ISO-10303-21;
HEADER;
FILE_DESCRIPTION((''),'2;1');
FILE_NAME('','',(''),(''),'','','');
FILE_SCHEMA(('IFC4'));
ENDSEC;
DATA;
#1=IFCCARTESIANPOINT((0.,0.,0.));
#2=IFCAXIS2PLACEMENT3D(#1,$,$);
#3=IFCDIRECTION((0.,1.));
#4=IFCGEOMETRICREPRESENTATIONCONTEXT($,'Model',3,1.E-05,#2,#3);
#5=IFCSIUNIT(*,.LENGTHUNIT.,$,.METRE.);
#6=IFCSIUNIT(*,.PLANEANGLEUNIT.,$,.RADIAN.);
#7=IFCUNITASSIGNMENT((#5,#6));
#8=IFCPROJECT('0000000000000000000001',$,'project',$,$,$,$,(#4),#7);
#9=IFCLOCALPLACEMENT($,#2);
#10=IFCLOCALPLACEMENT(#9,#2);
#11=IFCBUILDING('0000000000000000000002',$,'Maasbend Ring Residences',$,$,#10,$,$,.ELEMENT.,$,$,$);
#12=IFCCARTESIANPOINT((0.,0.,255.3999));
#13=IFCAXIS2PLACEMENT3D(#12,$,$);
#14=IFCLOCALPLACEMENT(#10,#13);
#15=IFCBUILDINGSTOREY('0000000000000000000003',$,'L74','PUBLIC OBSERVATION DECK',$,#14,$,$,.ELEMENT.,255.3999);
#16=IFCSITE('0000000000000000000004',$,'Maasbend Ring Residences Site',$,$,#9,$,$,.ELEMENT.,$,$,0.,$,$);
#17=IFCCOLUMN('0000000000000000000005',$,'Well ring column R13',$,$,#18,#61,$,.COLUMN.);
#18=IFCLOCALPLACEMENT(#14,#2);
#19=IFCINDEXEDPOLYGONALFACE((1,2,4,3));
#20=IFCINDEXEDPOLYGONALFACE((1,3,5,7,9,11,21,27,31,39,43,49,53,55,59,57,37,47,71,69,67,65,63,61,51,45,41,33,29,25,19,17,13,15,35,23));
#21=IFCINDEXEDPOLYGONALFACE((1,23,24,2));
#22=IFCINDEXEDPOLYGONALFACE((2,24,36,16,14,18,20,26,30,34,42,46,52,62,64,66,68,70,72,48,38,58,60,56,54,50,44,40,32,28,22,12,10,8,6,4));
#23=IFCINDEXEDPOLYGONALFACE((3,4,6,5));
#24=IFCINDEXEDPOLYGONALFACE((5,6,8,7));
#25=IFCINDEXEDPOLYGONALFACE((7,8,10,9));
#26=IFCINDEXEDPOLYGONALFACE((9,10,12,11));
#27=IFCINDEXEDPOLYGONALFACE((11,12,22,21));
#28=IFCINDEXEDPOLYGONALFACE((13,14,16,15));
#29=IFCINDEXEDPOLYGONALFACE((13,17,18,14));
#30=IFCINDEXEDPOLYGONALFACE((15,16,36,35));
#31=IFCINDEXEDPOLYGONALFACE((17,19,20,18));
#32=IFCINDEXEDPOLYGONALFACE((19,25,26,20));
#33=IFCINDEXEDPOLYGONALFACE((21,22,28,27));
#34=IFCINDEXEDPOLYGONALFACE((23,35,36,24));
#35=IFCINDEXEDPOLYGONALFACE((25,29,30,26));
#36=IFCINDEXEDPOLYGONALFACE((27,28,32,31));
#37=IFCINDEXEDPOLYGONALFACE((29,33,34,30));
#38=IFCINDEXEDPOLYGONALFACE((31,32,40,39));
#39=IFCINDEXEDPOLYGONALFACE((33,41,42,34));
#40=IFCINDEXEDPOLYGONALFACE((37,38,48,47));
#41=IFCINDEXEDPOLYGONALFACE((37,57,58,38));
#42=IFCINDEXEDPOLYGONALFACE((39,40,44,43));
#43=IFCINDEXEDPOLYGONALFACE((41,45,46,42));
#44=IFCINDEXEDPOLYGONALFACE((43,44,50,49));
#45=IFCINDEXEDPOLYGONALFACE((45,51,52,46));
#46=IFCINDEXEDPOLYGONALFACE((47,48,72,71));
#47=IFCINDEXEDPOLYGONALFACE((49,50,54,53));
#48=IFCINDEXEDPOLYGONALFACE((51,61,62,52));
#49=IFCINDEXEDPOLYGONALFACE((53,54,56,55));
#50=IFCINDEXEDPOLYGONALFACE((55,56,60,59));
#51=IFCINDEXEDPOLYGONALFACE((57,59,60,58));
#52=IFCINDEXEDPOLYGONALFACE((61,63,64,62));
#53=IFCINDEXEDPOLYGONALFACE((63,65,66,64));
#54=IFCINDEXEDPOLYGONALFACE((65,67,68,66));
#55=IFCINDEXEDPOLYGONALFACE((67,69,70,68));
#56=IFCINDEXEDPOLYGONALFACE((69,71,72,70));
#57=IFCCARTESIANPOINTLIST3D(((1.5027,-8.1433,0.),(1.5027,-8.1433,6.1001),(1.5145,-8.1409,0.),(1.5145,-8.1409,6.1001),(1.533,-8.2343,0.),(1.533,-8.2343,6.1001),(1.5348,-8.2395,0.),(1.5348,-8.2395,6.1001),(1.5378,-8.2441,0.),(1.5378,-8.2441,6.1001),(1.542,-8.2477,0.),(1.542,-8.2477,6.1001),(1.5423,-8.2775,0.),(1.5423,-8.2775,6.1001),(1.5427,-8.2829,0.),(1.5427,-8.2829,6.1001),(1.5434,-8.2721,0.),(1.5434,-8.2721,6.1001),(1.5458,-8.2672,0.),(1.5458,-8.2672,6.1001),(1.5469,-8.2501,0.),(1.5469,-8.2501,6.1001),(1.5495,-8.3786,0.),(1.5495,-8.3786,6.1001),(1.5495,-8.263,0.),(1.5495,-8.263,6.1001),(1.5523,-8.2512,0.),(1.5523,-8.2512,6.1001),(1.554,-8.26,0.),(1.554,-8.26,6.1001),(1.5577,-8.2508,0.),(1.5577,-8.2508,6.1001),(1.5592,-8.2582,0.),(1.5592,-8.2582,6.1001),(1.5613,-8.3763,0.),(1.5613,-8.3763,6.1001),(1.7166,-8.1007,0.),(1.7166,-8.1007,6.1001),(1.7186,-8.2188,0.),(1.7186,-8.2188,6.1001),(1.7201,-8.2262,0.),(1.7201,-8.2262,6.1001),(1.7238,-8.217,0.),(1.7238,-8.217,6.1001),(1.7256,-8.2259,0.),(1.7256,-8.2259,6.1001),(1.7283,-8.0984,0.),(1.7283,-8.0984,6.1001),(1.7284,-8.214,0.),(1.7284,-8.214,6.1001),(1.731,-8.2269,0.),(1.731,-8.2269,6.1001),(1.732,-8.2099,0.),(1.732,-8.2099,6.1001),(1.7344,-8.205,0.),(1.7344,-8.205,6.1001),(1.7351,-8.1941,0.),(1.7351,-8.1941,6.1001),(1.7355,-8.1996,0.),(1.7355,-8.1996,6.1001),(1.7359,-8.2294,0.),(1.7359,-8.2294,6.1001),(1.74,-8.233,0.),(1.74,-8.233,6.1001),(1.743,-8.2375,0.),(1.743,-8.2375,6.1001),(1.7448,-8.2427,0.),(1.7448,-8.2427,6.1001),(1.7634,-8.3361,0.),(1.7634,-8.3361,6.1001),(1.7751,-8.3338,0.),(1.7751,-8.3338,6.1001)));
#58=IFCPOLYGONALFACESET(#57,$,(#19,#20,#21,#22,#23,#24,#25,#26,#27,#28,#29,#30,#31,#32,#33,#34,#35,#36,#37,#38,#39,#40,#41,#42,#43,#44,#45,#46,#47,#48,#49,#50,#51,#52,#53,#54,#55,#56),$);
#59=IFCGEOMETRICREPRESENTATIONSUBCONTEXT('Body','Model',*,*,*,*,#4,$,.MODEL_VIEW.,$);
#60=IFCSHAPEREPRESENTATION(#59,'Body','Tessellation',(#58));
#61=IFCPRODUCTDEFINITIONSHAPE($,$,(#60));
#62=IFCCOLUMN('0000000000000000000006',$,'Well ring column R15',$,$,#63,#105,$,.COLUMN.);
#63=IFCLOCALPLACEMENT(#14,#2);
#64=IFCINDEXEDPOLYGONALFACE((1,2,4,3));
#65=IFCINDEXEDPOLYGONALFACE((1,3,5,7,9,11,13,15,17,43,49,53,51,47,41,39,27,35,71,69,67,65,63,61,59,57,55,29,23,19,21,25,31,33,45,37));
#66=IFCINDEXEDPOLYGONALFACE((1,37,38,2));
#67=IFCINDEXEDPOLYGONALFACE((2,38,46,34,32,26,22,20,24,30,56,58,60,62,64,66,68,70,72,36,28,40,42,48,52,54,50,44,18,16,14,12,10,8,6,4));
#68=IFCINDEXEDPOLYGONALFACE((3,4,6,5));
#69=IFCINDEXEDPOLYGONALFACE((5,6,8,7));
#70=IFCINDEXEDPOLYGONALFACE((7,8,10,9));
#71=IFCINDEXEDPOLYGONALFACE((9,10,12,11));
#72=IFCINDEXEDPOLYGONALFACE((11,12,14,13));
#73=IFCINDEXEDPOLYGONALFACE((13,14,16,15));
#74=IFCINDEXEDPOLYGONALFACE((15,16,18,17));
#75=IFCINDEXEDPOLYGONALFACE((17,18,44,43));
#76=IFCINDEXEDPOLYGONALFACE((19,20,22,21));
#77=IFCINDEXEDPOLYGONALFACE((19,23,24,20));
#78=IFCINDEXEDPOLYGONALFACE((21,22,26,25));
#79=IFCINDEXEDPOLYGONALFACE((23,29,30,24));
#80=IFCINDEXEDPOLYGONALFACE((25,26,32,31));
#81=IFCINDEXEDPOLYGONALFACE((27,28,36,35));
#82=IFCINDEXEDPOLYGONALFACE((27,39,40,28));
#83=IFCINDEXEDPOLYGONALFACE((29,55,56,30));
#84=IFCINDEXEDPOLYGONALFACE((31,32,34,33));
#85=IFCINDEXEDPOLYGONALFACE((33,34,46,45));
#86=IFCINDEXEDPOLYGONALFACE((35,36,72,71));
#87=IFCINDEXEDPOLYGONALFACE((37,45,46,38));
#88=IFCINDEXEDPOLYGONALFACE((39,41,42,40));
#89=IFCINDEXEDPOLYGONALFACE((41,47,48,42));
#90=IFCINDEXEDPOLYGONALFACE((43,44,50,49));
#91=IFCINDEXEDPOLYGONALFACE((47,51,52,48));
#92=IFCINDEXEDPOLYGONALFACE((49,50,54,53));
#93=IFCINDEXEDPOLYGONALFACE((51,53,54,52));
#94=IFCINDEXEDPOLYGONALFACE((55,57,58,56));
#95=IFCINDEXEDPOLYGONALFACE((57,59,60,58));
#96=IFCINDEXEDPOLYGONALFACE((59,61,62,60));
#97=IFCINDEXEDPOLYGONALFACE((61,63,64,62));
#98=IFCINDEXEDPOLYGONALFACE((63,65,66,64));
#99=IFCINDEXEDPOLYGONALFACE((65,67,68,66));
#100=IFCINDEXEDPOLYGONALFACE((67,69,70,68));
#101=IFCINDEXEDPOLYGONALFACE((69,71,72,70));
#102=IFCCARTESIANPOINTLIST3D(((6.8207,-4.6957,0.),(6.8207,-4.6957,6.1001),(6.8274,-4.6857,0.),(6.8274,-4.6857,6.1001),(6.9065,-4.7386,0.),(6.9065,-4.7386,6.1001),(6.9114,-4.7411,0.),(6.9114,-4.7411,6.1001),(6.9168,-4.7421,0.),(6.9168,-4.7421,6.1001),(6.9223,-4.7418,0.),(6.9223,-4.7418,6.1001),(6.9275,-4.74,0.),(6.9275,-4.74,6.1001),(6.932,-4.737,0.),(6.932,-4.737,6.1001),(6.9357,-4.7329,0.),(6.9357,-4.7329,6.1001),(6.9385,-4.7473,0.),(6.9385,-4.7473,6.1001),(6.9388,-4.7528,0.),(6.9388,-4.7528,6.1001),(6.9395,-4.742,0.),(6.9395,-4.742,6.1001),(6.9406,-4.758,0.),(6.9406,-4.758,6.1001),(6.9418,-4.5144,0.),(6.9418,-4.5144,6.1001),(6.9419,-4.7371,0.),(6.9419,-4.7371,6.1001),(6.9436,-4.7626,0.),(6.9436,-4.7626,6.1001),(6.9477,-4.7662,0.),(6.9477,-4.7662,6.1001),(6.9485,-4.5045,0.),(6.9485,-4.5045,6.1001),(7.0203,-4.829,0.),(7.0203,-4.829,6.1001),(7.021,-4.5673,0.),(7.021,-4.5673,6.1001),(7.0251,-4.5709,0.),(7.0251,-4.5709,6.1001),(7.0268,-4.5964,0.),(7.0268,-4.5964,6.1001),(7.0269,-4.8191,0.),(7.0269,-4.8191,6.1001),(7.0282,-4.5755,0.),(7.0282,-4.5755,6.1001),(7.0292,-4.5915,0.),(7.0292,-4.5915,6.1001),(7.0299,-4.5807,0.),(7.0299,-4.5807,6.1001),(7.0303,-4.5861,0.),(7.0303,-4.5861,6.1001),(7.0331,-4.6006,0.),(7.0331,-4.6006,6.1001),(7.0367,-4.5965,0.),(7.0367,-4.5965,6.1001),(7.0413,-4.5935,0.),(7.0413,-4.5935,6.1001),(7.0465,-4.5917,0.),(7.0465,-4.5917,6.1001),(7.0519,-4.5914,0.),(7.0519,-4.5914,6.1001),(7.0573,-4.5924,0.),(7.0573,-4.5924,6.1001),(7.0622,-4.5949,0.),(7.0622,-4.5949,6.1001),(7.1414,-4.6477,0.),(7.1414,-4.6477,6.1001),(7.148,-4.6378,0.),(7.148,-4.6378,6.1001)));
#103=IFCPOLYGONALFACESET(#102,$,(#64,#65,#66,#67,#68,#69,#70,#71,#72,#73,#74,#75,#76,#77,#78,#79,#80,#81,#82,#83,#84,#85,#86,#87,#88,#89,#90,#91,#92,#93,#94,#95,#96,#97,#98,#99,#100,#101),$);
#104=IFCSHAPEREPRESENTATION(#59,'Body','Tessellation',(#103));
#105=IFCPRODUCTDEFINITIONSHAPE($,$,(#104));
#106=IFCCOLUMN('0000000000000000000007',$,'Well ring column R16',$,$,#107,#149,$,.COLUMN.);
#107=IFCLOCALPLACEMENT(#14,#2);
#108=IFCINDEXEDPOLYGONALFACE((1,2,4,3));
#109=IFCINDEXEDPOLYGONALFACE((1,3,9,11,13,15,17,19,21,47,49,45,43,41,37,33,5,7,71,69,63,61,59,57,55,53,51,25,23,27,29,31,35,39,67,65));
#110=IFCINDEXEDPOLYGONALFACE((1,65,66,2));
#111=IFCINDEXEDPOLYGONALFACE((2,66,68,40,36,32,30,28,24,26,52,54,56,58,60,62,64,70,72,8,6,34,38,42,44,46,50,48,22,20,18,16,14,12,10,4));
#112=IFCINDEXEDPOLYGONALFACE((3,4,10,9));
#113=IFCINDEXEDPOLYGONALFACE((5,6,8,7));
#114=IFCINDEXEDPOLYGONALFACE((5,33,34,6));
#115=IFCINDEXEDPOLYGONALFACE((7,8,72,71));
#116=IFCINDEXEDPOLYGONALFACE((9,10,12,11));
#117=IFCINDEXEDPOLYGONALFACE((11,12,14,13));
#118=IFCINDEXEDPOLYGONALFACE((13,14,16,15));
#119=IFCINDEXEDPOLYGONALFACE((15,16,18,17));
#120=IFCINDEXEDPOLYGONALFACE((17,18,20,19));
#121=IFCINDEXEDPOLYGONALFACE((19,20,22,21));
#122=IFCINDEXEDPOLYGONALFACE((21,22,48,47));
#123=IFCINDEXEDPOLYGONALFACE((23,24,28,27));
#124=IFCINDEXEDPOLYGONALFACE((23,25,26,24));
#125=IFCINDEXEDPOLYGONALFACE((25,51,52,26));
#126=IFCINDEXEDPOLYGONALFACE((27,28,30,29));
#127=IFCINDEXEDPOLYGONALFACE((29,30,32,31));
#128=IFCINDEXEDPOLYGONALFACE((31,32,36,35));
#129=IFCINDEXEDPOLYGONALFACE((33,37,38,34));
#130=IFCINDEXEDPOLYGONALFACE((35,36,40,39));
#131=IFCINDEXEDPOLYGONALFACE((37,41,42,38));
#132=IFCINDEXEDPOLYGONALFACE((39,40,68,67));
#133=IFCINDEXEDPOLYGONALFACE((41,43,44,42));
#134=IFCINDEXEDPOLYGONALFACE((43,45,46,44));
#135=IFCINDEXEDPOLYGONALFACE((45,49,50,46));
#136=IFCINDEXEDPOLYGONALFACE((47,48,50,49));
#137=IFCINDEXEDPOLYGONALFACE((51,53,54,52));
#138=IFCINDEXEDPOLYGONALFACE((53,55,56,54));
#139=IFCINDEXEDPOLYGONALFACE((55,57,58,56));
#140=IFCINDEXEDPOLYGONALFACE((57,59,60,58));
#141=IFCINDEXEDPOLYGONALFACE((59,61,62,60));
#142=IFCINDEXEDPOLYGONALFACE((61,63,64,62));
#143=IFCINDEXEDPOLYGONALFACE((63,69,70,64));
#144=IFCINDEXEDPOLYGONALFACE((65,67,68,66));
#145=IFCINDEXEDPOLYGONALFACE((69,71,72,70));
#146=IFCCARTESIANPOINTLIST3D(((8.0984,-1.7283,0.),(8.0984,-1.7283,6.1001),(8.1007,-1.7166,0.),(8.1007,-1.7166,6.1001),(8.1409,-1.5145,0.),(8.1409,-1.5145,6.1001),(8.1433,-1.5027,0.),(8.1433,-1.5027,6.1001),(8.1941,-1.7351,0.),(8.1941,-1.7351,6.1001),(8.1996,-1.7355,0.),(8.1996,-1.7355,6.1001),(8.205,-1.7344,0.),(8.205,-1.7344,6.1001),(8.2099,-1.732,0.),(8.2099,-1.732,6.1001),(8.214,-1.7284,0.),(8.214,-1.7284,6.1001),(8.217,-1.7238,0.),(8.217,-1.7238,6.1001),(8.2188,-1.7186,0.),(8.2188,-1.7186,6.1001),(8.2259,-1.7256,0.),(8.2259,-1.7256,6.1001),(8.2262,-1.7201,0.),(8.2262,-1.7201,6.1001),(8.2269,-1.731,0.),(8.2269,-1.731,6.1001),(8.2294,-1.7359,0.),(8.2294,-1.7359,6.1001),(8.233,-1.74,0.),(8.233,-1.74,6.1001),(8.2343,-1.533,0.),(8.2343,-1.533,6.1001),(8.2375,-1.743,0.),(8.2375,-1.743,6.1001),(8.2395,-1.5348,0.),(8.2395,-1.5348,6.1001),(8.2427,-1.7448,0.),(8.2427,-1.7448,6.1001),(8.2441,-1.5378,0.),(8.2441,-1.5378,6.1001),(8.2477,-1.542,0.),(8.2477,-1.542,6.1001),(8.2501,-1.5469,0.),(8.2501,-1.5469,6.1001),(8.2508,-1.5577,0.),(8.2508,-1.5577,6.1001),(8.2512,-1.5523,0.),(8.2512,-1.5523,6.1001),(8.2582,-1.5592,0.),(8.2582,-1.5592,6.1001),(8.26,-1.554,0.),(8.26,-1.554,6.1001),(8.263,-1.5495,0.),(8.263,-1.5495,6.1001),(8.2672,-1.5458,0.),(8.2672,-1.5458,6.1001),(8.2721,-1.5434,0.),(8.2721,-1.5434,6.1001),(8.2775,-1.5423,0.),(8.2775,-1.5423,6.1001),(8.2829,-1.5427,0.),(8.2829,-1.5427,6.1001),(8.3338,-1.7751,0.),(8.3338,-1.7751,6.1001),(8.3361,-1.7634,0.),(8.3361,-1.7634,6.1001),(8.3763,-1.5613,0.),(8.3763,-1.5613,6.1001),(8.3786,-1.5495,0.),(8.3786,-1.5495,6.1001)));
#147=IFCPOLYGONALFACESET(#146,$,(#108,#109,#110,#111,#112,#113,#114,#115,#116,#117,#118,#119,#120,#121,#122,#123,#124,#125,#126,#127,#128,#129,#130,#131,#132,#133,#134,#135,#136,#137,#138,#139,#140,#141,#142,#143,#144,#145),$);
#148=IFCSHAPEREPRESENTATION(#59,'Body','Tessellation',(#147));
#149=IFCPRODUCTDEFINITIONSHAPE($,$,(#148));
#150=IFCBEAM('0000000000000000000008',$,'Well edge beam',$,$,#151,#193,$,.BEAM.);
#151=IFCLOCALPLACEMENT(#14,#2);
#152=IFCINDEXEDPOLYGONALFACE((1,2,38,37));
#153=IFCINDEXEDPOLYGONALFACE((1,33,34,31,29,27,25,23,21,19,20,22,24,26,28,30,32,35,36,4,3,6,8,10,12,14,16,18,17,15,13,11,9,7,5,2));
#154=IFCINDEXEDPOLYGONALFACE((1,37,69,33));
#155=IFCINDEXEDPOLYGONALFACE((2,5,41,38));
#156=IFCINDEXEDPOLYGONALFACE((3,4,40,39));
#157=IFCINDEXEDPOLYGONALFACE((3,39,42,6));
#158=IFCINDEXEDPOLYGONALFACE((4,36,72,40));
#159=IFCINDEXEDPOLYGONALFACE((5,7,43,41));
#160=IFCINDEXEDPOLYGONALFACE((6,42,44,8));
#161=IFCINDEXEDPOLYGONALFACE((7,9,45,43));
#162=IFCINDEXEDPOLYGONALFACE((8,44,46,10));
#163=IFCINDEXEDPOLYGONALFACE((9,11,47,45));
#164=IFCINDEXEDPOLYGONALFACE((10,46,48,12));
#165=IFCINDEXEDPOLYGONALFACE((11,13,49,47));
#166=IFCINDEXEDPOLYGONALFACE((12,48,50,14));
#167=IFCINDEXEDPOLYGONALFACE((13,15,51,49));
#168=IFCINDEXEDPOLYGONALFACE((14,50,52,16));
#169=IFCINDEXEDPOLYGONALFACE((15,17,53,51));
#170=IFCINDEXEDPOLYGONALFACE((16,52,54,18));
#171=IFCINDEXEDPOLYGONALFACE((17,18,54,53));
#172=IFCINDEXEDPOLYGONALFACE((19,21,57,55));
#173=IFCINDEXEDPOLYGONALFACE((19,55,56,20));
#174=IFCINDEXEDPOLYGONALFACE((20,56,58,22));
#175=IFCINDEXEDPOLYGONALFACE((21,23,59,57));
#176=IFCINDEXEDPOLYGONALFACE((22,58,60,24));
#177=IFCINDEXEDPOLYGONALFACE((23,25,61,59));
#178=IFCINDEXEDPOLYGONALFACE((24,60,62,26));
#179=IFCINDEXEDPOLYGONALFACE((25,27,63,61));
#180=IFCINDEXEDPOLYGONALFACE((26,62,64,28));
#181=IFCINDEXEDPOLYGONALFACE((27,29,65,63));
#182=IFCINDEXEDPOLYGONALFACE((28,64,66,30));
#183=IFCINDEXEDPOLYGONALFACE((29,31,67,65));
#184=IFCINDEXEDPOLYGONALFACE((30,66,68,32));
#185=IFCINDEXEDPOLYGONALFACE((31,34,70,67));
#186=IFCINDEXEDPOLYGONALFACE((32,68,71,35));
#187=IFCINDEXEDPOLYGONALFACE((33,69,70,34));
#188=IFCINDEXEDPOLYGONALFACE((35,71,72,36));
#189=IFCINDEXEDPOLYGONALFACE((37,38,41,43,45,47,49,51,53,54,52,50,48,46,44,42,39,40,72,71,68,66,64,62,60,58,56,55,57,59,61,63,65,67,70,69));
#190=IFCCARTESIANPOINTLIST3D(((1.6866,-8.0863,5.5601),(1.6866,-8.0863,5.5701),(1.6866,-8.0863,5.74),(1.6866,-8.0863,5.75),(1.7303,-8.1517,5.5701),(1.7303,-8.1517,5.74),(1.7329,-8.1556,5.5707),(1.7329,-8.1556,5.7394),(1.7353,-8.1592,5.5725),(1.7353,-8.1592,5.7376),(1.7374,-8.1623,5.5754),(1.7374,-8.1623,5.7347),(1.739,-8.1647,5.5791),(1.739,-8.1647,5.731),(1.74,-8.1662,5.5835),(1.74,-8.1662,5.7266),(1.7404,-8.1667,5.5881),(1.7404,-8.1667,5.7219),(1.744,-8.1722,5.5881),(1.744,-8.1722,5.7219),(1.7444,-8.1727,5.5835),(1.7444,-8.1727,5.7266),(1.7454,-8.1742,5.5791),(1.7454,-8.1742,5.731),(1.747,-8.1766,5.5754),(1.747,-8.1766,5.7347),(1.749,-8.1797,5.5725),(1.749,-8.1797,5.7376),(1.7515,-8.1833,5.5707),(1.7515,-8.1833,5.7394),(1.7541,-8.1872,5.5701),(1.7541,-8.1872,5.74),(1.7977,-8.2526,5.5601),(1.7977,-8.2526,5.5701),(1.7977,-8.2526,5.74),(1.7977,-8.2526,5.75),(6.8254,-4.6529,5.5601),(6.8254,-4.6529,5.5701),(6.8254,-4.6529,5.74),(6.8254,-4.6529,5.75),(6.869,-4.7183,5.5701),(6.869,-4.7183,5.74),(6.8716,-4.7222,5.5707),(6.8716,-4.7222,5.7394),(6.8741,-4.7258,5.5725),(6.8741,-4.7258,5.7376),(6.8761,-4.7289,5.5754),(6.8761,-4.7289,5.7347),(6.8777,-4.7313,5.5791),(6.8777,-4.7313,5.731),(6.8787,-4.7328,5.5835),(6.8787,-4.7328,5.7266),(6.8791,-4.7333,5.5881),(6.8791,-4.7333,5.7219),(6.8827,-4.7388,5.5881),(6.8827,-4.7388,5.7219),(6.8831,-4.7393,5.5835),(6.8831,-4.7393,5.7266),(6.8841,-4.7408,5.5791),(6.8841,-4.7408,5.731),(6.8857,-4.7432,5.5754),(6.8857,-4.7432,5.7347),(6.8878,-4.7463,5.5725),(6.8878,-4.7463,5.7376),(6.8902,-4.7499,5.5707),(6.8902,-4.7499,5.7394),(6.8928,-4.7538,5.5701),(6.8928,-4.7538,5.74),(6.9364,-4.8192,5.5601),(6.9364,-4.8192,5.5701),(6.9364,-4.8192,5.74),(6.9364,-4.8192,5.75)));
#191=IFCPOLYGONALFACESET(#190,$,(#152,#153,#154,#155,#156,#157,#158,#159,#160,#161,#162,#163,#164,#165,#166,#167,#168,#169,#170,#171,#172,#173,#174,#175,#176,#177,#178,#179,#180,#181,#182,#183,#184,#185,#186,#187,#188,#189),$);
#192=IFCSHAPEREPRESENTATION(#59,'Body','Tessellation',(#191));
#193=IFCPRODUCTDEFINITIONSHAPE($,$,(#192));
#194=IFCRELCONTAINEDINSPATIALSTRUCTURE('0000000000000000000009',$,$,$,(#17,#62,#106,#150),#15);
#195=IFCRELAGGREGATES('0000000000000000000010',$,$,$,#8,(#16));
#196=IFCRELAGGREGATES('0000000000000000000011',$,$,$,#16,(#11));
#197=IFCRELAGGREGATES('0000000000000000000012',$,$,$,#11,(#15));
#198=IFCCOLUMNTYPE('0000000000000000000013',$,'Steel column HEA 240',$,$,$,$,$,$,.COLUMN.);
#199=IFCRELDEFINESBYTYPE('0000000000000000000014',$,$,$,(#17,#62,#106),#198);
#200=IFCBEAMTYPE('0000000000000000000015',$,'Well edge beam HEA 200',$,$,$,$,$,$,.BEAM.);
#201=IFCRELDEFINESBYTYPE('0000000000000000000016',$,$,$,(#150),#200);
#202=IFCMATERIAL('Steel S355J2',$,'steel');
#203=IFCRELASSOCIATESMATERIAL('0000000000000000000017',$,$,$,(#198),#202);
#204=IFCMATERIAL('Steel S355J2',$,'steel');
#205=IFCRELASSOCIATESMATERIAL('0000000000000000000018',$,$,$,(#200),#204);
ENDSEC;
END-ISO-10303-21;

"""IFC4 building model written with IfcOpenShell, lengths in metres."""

from ifc_helpers import new_model, si_unit, direction, frame, origin, origin_2d, place, context, subcontext, project, spatial, i_section, extrude, material, material_profile, profile_set, type_object, element, save


model = new_model("IFC4")

# Units and contexts
model_context = context("Model", 3, precision=1e-05, world=origin(), true_north=direction((0.0, 1.0)))
body_context = subcontext(model_context, "Body", "Model", "MODEL_VIEW")
ifc_project = project(units=[si_unit("LENGTHUNIT", "METRE"), si_unit("PLANEANGLEUNIT", "RADIAN")], contexts=[model_context])

# Site, building, storey
site_placement = place(None, origin())
site = spatial("IfcSite", under=ifc_project, at=site_placement, Name="Maasbend Ring Residences Site", CompositionType="ELEMENT", RefElevation=0.0)
building_placement = place(site_placement, origin())
building = spatial("IfcBuilding", under=site, at=building_placement, Name="Maasbend Ring Residences", CompositionType="ELEMENT")
storey_placement = place(building_placement, frame((0.0, 0.0, 255.3999)))
storey = spatial("IfcBuildingStorey", under=building, at=storey_placement, Name="L74", Description="PUBLIC OBSERVATION DECK", CompositionType="ELEMENT", Elevation=255.3999)

# Columns
ifc_material_1 = material(Name="Steel S355J2", Category="steel")
ifc_material_profile_1 = material_profile(ifc_material_1, i_section(OverallWidth=0.24, OverallDepth=0.23, WebThickness=0.0076, FlangeThickness=0.012, FilletRadius=0.021, at=origin_2d()), Name="HEA 240")
ifc_profile_set_1 = profile_set([ifc_material_profile_1], Name="Steel S355J2")
column_type = type_object("IfcColumnType", Name="Steel column HEA 240", PredefinedType="COLUMN", material=ifc_profile_set_1)
for number, where, z_axis, x_axis, name in (
    (1, (1.6389, -8.2385, 0.0), (0.0, 0.0, 1.0), (0.19509, -0.980785, 0.0), "Well ring column R13"),
    (2, (6.9844, -4.6667, 0.0), (0.0, 0.0, 1.0), (0.83147, -0.55557, 0.0), "Well ring column R15"),
    (3, (8.2385, -1.6389, 0.0), (0.0, 0.0, 1.0), (0.980785, -0.19509, 0.0), "Well ring column R16"),
):
    element("IfcColumn", number, at=place(storey_placement, frame(where, z_axis=z_axis, x_axis=x_axis)), inside=storey, type_object=column_type, Name=name, PredefinedType="COLUMN", context=body_context, shape_type="SweptSolid", body=[
        extrude(i_section(OverallWidth=0.24, OverallDepth=0.23, WebThickness=0.0076, FlangeThickness=0.012, FilletRadius=0.021, at=origin_2d()), origin(), (0.0, 0.0, 1.0), 6.1001),
    ])

# Beam
ifc_material_2 = material(Name="Steel S355J2", Category="steel")
ifc_material_profile_2 = material_profile(ifc_material_2, i_section(OverallWidth=0.2, OverallDepth=0.1899, WebThickness=0.0066, FlangeThickness=0.01, FilletRadius=0.0181, at=origin_2d()), Name="HEA 200")
ifc_profile_set_2 = profile_set([ifc_material_profile_2], Name="Steel S355J2")
beam_type = type_object("IfcBeamType", Name="Well edge beam HEA 200", PredefinedType="BEAM", material=ifc_profile_set_2)
beam_placement = place(storey_placement, frame((1.7422, -8.1694, 5.655), z_axis=(0.831485, 0.555548, 0.0), x_axis=(-0.555548, 0.831485, 0.0)))
element("IfcBeam", 4, at=beam_placement, inside=storey, type_object=beam_type, Name="Well edge beam", PredefinedType="BEAM", context=body_context, shape_type="SweptSolid", body=[
    extrude(i_section(OverallWidth=0.2, OverallDepth=0.1899, WebThickness=0.0066, FlangeThickness=0.01, FilletRadius=0.0181, at=origin_2d()), origin(), (0.0, 0.0, 1.0), 6.1802),
])

save(model, "model.ifc")
